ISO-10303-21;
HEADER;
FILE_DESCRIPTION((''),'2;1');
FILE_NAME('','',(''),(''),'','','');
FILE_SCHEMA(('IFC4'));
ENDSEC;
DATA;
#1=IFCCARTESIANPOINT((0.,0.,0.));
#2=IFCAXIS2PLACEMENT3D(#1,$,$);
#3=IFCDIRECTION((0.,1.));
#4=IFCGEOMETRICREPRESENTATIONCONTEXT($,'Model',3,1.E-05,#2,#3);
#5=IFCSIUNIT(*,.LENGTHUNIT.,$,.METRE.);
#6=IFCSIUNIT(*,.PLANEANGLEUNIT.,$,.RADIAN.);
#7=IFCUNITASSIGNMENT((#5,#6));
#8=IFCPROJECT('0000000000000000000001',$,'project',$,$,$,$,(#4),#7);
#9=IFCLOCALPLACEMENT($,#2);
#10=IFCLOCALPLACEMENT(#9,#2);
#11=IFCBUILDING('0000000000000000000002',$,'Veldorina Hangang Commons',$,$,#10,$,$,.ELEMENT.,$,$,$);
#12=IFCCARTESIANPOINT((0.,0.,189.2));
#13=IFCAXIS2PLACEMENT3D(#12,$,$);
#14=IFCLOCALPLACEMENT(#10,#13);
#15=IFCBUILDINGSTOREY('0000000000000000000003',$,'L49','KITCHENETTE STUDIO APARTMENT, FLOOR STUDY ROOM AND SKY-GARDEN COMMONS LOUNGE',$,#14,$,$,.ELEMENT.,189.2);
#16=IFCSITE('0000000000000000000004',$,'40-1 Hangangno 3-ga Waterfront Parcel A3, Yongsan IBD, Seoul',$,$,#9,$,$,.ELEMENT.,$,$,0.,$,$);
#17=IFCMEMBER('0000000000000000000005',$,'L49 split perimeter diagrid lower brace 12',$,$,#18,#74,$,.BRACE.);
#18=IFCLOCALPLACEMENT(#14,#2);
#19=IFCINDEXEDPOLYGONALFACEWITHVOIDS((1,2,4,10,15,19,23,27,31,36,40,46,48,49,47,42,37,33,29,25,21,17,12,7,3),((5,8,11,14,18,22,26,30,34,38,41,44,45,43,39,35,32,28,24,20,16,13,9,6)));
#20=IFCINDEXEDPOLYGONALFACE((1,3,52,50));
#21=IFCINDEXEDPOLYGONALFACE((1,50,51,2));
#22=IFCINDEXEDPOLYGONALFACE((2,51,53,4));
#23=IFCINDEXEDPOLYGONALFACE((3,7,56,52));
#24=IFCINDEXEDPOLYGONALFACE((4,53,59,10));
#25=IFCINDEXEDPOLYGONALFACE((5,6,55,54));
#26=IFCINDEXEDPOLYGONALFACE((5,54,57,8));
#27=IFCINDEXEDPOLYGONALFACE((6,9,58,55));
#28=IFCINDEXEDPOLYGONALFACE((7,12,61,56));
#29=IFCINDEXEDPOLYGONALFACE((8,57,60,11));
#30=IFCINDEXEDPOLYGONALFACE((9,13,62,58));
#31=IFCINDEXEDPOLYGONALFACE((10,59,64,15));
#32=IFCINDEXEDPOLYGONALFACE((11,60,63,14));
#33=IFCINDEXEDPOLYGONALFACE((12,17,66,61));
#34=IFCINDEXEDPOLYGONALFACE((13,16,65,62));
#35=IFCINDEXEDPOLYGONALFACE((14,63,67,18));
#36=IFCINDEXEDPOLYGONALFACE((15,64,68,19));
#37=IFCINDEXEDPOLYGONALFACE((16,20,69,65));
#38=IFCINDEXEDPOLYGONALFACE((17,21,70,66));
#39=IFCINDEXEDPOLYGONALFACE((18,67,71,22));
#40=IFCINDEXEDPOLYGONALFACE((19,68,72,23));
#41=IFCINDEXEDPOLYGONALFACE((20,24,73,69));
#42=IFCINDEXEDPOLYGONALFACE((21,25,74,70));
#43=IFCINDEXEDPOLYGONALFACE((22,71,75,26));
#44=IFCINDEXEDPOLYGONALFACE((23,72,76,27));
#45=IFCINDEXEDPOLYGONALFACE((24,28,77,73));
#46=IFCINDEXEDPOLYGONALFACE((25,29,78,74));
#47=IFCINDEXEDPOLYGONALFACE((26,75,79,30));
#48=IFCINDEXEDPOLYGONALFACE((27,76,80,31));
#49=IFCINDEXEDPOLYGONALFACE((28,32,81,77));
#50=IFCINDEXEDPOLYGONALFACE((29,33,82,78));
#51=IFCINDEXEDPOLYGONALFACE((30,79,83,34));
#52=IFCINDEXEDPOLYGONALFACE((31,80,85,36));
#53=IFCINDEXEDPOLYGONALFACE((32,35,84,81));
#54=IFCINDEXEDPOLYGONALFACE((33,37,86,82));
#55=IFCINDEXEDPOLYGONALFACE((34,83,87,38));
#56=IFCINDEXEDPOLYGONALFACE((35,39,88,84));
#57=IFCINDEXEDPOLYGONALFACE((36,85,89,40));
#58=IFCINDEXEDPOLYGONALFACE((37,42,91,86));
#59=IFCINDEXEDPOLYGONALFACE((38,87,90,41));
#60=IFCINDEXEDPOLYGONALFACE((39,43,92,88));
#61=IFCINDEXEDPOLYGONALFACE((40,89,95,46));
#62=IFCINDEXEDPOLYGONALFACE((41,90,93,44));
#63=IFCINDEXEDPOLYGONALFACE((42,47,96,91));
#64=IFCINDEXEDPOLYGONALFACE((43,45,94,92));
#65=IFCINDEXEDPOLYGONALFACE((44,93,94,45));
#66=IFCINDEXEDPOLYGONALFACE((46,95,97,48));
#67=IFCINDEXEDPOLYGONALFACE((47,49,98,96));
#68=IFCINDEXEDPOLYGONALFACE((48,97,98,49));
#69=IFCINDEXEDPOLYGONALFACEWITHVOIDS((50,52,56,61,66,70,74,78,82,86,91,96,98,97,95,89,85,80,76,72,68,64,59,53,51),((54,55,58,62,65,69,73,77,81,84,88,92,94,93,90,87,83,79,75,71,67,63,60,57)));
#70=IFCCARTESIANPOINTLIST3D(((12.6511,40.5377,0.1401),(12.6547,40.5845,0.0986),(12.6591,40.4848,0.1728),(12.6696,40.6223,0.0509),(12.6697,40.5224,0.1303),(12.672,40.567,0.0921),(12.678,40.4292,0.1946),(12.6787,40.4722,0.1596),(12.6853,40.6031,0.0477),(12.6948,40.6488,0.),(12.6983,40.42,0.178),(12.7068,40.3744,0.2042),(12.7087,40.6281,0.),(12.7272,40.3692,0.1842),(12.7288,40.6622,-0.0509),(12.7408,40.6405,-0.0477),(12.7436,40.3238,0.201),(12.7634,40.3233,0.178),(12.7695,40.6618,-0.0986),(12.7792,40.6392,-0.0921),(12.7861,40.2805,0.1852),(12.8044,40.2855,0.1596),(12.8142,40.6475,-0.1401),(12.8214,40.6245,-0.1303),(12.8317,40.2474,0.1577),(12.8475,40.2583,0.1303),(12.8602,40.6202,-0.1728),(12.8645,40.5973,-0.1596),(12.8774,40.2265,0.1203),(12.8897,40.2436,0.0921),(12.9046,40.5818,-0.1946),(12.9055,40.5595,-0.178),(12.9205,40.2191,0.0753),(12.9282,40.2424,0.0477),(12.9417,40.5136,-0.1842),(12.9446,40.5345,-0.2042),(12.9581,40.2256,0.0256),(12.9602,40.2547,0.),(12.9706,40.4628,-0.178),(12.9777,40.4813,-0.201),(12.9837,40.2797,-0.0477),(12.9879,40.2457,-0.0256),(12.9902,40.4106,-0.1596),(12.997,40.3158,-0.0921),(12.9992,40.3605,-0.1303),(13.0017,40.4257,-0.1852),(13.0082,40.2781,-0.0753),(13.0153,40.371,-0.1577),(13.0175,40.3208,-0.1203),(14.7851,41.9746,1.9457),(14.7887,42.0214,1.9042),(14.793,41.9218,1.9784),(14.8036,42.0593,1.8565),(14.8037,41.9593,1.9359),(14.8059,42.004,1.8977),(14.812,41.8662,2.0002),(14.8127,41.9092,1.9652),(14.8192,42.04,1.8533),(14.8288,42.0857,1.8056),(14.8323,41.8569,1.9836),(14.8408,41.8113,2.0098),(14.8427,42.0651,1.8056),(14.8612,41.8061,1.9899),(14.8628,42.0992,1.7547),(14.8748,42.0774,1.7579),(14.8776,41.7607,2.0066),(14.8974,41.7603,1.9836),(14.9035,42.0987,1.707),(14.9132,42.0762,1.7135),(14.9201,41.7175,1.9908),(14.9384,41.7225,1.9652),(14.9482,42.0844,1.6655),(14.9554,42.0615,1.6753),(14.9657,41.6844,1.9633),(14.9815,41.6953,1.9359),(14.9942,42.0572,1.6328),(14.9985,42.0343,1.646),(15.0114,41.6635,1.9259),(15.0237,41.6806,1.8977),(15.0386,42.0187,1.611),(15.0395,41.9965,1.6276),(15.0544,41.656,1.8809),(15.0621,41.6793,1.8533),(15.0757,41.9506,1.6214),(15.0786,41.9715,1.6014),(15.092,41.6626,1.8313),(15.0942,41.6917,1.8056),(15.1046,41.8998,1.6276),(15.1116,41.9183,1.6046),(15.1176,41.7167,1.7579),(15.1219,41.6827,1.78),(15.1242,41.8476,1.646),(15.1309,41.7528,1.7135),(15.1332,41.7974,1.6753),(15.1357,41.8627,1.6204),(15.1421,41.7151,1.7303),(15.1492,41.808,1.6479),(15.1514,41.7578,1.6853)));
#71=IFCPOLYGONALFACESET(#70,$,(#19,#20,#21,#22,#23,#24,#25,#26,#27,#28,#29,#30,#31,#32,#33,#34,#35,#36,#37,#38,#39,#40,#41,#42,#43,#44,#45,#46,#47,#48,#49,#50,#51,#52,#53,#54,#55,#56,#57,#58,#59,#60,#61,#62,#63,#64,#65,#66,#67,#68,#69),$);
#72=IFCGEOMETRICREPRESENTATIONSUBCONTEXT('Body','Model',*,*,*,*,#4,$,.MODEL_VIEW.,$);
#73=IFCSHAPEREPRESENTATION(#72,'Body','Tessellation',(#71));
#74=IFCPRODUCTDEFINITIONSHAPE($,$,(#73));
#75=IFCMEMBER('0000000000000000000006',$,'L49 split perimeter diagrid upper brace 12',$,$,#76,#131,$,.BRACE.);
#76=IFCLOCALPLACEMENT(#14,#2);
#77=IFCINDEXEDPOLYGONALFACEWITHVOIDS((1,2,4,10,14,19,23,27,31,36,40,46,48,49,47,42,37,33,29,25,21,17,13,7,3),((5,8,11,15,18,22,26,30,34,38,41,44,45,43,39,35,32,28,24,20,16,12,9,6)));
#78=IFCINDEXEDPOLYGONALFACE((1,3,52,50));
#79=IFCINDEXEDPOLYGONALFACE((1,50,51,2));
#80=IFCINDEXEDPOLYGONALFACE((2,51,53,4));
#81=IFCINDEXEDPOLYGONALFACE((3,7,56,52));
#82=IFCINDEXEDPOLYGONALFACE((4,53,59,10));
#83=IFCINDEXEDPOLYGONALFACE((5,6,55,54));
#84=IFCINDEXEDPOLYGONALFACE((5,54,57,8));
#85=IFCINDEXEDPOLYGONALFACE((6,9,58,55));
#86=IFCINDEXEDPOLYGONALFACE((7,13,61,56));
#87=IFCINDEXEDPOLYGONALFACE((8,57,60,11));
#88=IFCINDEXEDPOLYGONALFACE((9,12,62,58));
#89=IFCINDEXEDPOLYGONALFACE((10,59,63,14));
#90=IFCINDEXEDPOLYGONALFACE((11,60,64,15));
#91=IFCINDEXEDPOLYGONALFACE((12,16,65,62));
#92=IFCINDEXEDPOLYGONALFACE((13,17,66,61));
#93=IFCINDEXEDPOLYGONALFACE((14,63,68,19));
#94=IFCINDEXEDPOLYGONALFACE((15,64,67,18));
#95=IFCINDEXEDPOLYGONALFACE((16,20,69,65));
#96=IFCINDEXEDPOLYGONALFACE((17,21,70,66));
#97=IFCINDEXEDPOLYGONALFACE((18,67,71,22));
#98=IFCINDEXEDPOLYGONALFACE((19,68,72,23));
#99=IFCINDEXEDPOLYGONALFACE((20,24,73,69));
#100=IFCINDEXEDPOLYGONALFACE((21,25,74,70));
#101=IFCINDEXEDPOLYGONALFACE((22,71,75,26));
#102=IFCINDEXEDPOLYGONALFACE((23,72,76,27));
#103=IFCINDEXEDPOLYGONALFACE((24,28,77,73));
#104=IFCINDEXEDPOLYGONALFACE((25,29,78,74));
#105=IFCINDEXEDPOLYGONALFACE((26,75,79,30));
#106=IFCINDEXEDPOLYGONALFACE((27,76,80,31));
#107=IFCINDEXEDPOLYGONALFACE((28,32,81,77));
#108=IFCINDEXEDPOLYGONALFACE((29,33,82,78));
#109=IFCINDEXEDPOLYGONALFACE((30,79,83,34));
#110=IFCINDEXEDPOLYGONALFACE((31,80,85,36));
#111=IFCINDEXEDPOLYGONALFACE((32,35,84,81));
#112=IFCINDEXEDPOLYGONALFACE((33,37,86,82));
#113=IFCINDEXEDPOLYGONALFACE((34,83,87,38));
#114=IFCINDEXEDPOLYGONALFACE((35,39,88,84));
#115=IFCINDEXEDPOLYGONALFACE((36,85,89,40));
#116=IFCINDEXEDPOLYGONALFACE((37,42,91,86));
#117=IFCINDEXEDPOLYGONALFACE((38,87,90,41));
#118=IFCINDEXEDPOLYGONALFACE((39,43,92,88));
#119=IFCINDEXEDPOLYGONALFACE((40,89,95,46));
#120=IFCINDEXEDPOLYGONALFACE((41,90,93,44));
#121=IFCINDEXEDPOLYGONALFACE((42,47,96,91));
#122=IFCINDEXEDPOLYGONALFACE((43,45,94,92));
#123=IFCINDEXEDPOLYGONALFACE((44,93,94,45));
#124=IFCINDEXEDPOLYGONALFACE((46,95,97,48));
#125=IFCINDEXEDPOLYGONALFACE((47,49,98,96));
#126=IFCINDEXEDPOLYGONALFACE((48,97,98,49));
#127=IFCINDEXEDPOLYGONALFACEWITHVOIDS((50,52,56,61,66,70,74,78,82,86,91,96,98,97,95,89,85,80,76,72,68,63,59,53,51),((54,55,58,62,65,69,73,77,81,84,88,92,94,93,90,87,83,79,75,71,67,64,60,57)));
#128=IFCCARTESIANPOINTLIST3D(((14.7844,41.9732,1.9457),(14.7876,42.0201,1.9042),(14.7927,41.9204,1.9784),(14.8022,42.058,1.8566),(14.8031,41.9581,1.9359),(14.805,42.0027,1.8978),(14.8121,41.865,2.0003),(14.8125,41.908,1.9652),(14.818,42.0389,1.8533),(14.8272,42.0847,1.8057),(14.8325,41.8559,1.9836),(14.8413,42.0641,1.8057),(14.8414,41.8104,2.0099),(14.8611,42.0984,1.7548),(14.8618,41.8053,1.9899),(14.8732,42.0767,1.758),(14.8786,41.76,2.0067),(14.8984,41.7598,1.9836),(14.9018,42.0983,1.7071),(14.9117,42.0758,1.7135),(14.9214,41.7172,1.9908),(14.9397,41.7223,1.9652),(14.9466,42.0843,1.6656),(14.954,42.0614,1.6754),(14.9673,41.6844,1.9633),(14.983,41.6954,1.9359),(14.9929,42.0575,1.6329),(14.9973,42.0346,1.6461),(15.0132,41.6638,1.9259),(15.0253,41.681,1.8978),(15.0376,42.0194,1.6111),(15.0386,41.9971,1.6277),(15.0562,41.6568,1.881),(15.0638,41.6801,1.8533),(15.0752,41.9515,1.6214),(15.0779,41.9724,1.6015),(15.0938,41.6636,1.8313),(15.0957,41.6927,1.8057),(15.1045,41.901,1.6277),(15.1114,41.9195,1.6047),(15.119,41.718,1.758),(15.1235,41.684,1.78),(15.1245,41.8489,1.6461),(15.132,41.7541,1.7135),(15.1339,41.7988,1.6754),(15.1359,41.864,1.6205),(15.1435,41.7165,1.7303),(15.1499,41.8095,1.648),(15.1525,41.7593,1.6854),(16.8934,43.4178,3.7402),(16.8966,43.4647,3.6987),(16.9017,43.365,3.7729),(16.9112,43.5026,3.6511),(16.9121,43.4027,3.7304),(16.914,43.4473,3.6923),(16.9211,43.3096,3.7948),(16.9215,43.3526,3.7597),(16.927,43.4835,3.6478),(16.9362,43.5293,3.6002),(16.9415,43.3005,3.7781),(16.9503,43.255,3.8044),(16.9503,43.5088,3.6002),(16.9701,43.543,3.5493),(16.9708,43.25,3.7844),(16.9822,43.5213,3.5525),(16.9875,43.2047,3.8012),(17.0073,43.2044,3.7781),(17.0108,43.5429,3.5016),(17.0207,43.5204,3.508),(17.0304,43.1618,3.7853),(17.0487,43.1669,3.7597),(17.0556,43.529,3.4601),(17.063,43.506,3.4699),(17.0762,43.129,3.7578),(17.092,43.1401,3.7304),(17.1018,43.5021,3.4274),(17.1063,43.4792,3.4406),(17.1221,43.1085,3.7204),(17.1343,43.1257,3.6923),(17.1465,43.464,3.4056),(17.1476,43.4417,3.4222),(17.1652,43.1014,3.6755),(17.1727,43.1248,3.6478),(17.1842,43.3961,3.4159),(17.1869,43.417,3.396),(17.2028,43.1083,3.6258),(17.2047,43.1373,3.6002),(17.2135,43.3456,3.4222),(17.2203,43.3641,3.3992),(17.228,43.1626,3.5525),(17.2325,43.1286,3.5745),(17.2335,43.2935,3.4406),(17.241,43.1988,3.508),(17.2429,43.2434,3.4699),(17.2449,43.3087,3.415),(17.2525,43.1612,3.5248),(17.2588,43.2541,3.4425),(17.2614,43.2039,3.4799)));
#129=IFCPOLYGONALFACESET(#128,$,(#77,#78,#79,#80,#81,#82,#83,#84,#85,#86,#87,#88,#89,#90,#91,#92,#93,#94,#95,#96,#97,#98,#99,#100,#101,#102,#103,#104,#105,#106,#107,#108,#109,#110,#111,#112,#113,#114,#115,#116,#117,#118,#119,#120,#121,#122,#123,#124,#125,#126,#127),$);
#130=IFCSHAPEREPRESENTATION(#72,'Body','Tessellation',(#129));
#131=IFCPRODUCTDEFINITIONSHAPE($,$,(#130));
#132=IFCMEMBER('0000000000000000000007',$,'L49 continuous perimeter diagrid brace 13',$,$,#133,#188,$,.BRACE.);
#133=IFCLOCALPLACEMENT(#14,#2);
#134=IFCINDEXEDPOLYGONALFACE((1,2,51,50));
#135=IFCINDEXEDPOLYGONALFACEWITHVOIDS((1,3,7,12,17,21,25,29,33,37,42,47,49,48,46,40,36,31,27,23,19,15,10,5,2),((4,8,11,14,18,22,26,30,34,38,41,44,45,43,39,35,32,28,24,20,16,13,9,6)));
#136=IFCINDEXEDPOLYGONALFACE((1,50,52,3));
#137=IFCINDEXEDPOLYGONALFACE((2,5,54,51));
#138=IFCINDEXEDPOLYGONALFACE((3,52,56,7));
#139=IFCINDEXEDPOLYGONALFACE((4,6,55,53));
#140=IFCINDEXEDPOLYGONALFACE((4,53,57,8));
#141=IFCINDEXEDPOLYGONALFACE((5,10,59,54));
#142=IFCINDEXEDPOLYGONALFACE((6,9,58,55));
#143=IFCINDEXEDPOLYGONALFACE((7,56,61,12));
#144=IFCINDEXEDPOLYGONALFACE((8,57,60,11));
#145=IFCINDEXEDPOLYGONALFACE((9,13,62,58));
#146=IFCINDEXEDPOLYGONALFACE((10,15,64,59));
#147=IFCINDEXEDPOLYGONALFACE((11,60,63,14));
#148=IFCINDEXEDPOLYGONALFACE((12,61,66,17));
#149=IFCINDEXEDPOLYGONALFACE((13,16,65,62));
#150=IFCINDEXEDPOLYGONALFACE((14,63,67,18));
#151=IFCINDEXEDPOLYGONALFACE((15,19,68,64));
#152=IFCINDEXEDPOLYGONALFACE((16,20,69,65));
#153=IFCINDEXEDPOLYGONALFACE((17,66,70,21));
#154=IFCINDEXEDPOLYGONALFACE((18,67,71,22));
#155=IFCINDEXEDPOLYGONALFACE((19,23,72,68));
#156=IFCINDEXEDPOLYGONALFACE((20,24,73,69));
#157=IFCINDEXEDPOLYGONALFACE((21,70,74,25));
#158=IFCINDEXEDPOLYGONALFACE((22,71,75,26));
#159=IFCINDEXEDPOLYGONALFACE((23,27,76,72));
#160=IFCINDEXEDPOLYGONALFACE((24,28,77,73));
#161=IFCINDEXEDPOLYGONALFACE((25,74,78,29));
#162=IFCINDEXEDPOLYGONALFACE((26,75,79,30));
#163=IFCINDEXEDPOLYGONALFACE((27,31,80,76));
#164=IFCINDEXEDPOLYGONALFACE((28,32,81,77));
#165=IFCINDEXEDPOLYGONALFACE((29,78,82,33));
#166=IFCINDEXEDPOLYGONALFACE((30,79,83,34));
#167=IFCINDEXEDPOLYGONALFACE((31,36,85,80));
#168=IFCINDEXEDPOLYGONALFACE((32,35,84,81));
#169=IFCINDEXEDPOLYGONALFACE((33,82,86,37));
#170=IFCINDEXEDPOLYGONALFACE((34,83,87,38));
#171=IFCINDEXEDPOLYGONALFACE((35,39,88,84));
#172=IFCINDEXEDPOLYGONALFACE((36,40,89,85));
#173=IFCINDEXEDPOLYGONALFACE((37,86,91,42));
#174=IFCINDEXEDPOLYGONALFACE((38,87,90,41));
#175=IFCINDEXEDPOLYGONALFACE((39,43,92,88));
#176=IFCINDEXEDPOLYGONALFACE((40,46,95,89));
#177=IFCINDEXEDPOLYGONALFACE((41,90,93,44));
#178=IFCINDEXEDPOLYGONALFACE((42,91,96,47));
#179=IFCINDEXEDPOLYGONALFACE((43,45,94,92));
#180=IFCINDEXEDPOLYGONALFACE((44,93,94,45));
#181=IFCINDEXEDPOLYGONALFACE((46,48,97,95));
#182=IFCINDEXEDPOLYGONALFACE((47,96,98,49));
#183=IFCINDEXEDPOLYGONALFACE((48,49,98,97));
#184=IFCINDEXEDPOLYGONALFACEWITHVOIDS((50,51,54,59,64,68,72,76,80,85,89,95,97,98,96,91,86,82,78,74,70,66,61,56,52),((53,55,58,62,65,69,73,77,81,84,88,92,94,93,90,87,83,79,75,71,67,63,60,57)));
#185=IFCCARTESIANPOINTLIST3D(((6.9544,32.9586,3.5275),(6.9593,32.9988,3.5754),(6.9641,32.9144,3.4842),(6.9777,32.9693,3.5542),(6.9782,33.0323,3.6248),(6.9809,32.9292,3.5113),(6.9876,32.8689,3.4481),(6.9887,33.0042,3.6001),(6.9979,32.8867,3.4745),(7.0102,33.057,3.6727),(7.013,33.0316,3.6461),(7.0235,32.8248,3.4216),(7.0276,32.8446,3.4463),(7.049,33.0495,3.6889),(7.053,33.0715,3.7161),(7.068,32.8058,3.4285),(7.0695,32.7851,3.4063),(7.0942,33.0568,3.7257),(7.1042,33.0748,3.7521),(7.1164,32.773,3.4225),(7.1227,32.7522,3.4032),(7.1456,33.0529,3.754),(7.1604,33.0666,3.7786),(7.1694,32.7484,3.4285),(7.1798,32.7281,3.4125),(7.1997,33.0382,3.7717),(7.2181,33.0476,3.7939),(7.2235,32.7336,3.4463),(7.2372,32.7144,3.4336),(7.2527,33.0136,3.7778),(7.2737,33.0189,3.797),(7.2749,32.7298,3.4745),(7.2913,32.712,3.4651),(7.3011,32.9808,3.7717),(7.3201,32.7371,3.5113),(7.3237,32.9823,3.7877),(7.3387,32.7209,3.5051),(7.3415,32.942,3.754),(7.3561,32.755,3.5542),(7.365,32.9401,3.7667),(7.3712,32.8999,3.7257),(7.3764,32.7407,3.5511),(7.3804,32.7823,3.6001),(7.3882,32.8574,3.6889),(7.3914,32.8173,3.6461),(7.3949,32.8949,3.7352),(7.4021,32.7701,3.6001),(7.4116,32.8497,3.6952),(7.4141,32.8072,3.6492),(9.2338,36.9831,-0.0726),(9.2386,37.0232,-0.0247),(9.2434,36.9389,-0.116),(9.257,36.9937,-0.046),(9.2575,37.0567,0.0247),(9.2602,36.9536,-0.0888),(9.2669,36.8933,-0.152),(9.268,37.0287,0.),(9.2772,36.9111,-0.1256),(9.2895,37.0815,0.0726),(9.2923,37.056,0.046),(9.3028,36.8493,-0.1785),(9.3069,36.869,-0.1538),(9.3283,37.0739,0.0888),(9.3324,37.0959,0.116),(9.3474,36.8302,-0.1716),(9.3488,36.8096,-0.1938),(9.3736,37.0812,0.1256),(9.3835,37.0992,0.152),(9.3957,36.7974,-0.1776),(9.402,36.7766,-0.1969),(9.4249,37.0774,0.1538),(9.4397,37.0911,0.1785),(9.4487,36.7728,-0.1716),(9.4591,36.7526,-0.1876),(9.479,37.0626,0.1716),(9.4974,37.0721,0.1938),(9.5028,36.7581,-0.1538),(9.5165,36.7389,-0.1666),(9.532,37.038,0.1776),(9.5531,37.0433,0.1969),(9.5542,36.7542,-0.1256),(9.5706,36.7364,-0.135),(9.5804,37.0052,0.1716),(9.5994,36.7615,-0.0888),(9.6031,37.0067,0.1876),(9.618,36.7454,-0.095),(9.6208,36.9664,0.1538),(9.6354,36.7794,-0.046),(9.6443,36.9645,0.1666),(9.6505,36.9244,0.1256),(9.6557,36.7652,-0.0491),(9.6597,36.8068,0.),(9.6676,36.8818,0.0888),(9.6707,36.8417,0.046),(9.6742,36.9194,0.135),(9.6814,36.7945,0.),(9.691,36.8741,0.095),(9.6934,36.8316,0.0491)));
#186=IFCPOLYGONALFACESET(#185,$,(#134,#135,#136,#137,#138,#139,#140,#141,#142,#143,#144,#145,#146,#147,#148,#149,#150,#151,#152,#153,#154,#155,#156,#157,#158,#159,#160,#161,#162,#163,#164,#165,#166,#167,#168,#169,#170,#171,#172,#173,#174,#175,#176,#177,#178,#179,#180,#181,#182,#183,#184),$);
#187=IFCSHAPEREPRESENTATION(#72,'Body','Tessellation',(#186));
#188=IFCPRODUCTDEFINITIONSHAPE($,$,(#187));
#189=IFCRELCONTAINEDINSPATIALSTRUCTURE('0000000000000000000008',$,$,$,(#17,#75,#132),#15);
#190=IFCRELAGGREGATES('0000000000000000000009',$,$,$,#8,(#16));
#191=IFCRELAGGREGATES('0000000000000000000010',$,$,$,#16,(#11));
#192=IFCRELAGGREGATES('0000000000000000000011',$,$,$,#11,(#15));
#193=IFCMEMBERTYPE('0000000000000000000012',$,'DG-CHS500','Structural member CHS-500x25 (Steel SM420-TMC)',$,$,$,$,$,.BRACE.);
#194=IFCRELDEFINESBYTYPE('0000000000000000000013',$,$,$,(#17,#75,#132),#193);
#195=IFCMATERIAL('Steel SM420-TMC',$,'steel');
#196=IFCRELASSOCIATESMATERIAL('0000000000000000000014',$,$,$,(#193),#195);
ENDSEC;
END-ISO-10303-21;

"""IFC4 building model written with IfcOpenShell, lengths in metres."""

from ifc_helpers import new_model, si_unit, direction, frame, origin, origin_2d, place, context, subcontext, project, spatial, hollow_circle, extrude, material, material_profile, profile_set, type_object, element, save


model = new_model("IFC4")

# Units and contexts
model_context = context("Model", 3, precision=1e-05, world=origin(), true_north=direction((0.0, 1.0)))
body_context = subcontext(model_context, "Body", "Model", "MODEL_VIEW")
ifc_project = project(units=[si_unit("LENGTHUNIT", "METRE"), si_unit("PLANEANGLEUNIT", "RADIAN")], contexts=[model_context])

# Site, building, storey
site_placement = place(None, origin())
site = spatial("IfcSite", under=ifc_project, at=site_placement, Name="40-1 Hangangno 3-ga Waterfront Parcel A3, Yongsan IBD, Seoul", CompositionType="ELEMENT", RefElevation=0.0)
building_placement = place(site_placement, origin())
building = spatial("IfcBuilding", under=site, at=building_placement, Name="Veldorina Hangang Commons", CompositionType="ELEMENT")
storey_placement = place(building_placement, frame((0.0, 0.0, 189.2)))
storey = spatial("IfcBuildingStorey", under=building, at=storey_placement, Name="L49", Description="KITCHENETTE STUDIO APARTMENT, FLOOR STUDY ROOM AND SKY-GARDEN COMMONS LOUNGE", CompositionType="ELEMENT", Elevation=189.2)

# Shared definitions
ifc_material_1 = material(Name="Steel SM420-TMC", Category="steel")

# Members
ifc_material_profile_1 = material_profile(ifc_material_1, hollow_circle(Radius=0.25, WallThickness=0.0249, at=origin_2d()), Name="CHS-500x25")
ifc_profile_set_1 = profile_set([ifc_material_profile_1], Name="Steel SM420-TMC")
member_type = type_object("IfcMemberType", Name="DG-CHS500", Description="Structural member CHS-500x25 (Steel SM420-TMC)", PredefinedType="BRACE", material=ifc_profile_set_1)
member_1_placement = place(storey_placement, frame((12.8345, 40.4414, 0.0), z_axis=(0.678943, 0.457185, 0.574472), x_axis=(-0.558548, 0.829472, 0.0)))
element("IfcMember", 1, at=member_1_placement, inside=storey, type_object=member_type, Name="L49 split perimeter diagrid lower brace 12", PredefinedType="BRACE", context=body_context, shape_type="SweptSolid", body=[
    extrude(hollow_circle(Radius=0.25, WallThickness=0.0249, at=origin_2d()), origin(), (0.0, 0.0, 1.0), 3.1431),
])
member_2_placement = place(storey_placement, frame((14.9685, 41.8784, 1.8057), z_axis=(0.675239, 0.462536, 0.574555), x_axis=(-0.565126, 0.825005, 0.0)))
element("IfcMember", 2, at=member_2_placement, inside=storey, type_object=member_type, Name="L49 split perimeter diagrid upper brace 12", PredefinedType="BRACE", context=body_context, shape_type="SweptSolid", body=[
    extrude(hollow_circle(Radius=0.25, WallThickness=0.0249, at=origin_2d()), origin(), (0.0, 0.0, 1.0), 3.1233),
])
member_3_placement = place(storey_placement, frame((9.4639, 36.9177, 0.0), z_axis=(-0.388889, -0.686638, 0.614242), x_axis=(0.870134, -0.492815, 0.0)))
element("IfcMember", 3, at=member_3_placement, inside=storey, type_object=member_type, Name="L49 continuous perimeter diagrid brace 13", PredefinedType="BRACE", context=body_context, shape_type="SweptSolid", body=[
    extrude(hollow_circle(Radius=0.25, WallThickness=0.0249, at=origin_2d()), origin(), (0.0, 0.0, 1.0), 5.8611),
])

save(model, "model.ifc")
